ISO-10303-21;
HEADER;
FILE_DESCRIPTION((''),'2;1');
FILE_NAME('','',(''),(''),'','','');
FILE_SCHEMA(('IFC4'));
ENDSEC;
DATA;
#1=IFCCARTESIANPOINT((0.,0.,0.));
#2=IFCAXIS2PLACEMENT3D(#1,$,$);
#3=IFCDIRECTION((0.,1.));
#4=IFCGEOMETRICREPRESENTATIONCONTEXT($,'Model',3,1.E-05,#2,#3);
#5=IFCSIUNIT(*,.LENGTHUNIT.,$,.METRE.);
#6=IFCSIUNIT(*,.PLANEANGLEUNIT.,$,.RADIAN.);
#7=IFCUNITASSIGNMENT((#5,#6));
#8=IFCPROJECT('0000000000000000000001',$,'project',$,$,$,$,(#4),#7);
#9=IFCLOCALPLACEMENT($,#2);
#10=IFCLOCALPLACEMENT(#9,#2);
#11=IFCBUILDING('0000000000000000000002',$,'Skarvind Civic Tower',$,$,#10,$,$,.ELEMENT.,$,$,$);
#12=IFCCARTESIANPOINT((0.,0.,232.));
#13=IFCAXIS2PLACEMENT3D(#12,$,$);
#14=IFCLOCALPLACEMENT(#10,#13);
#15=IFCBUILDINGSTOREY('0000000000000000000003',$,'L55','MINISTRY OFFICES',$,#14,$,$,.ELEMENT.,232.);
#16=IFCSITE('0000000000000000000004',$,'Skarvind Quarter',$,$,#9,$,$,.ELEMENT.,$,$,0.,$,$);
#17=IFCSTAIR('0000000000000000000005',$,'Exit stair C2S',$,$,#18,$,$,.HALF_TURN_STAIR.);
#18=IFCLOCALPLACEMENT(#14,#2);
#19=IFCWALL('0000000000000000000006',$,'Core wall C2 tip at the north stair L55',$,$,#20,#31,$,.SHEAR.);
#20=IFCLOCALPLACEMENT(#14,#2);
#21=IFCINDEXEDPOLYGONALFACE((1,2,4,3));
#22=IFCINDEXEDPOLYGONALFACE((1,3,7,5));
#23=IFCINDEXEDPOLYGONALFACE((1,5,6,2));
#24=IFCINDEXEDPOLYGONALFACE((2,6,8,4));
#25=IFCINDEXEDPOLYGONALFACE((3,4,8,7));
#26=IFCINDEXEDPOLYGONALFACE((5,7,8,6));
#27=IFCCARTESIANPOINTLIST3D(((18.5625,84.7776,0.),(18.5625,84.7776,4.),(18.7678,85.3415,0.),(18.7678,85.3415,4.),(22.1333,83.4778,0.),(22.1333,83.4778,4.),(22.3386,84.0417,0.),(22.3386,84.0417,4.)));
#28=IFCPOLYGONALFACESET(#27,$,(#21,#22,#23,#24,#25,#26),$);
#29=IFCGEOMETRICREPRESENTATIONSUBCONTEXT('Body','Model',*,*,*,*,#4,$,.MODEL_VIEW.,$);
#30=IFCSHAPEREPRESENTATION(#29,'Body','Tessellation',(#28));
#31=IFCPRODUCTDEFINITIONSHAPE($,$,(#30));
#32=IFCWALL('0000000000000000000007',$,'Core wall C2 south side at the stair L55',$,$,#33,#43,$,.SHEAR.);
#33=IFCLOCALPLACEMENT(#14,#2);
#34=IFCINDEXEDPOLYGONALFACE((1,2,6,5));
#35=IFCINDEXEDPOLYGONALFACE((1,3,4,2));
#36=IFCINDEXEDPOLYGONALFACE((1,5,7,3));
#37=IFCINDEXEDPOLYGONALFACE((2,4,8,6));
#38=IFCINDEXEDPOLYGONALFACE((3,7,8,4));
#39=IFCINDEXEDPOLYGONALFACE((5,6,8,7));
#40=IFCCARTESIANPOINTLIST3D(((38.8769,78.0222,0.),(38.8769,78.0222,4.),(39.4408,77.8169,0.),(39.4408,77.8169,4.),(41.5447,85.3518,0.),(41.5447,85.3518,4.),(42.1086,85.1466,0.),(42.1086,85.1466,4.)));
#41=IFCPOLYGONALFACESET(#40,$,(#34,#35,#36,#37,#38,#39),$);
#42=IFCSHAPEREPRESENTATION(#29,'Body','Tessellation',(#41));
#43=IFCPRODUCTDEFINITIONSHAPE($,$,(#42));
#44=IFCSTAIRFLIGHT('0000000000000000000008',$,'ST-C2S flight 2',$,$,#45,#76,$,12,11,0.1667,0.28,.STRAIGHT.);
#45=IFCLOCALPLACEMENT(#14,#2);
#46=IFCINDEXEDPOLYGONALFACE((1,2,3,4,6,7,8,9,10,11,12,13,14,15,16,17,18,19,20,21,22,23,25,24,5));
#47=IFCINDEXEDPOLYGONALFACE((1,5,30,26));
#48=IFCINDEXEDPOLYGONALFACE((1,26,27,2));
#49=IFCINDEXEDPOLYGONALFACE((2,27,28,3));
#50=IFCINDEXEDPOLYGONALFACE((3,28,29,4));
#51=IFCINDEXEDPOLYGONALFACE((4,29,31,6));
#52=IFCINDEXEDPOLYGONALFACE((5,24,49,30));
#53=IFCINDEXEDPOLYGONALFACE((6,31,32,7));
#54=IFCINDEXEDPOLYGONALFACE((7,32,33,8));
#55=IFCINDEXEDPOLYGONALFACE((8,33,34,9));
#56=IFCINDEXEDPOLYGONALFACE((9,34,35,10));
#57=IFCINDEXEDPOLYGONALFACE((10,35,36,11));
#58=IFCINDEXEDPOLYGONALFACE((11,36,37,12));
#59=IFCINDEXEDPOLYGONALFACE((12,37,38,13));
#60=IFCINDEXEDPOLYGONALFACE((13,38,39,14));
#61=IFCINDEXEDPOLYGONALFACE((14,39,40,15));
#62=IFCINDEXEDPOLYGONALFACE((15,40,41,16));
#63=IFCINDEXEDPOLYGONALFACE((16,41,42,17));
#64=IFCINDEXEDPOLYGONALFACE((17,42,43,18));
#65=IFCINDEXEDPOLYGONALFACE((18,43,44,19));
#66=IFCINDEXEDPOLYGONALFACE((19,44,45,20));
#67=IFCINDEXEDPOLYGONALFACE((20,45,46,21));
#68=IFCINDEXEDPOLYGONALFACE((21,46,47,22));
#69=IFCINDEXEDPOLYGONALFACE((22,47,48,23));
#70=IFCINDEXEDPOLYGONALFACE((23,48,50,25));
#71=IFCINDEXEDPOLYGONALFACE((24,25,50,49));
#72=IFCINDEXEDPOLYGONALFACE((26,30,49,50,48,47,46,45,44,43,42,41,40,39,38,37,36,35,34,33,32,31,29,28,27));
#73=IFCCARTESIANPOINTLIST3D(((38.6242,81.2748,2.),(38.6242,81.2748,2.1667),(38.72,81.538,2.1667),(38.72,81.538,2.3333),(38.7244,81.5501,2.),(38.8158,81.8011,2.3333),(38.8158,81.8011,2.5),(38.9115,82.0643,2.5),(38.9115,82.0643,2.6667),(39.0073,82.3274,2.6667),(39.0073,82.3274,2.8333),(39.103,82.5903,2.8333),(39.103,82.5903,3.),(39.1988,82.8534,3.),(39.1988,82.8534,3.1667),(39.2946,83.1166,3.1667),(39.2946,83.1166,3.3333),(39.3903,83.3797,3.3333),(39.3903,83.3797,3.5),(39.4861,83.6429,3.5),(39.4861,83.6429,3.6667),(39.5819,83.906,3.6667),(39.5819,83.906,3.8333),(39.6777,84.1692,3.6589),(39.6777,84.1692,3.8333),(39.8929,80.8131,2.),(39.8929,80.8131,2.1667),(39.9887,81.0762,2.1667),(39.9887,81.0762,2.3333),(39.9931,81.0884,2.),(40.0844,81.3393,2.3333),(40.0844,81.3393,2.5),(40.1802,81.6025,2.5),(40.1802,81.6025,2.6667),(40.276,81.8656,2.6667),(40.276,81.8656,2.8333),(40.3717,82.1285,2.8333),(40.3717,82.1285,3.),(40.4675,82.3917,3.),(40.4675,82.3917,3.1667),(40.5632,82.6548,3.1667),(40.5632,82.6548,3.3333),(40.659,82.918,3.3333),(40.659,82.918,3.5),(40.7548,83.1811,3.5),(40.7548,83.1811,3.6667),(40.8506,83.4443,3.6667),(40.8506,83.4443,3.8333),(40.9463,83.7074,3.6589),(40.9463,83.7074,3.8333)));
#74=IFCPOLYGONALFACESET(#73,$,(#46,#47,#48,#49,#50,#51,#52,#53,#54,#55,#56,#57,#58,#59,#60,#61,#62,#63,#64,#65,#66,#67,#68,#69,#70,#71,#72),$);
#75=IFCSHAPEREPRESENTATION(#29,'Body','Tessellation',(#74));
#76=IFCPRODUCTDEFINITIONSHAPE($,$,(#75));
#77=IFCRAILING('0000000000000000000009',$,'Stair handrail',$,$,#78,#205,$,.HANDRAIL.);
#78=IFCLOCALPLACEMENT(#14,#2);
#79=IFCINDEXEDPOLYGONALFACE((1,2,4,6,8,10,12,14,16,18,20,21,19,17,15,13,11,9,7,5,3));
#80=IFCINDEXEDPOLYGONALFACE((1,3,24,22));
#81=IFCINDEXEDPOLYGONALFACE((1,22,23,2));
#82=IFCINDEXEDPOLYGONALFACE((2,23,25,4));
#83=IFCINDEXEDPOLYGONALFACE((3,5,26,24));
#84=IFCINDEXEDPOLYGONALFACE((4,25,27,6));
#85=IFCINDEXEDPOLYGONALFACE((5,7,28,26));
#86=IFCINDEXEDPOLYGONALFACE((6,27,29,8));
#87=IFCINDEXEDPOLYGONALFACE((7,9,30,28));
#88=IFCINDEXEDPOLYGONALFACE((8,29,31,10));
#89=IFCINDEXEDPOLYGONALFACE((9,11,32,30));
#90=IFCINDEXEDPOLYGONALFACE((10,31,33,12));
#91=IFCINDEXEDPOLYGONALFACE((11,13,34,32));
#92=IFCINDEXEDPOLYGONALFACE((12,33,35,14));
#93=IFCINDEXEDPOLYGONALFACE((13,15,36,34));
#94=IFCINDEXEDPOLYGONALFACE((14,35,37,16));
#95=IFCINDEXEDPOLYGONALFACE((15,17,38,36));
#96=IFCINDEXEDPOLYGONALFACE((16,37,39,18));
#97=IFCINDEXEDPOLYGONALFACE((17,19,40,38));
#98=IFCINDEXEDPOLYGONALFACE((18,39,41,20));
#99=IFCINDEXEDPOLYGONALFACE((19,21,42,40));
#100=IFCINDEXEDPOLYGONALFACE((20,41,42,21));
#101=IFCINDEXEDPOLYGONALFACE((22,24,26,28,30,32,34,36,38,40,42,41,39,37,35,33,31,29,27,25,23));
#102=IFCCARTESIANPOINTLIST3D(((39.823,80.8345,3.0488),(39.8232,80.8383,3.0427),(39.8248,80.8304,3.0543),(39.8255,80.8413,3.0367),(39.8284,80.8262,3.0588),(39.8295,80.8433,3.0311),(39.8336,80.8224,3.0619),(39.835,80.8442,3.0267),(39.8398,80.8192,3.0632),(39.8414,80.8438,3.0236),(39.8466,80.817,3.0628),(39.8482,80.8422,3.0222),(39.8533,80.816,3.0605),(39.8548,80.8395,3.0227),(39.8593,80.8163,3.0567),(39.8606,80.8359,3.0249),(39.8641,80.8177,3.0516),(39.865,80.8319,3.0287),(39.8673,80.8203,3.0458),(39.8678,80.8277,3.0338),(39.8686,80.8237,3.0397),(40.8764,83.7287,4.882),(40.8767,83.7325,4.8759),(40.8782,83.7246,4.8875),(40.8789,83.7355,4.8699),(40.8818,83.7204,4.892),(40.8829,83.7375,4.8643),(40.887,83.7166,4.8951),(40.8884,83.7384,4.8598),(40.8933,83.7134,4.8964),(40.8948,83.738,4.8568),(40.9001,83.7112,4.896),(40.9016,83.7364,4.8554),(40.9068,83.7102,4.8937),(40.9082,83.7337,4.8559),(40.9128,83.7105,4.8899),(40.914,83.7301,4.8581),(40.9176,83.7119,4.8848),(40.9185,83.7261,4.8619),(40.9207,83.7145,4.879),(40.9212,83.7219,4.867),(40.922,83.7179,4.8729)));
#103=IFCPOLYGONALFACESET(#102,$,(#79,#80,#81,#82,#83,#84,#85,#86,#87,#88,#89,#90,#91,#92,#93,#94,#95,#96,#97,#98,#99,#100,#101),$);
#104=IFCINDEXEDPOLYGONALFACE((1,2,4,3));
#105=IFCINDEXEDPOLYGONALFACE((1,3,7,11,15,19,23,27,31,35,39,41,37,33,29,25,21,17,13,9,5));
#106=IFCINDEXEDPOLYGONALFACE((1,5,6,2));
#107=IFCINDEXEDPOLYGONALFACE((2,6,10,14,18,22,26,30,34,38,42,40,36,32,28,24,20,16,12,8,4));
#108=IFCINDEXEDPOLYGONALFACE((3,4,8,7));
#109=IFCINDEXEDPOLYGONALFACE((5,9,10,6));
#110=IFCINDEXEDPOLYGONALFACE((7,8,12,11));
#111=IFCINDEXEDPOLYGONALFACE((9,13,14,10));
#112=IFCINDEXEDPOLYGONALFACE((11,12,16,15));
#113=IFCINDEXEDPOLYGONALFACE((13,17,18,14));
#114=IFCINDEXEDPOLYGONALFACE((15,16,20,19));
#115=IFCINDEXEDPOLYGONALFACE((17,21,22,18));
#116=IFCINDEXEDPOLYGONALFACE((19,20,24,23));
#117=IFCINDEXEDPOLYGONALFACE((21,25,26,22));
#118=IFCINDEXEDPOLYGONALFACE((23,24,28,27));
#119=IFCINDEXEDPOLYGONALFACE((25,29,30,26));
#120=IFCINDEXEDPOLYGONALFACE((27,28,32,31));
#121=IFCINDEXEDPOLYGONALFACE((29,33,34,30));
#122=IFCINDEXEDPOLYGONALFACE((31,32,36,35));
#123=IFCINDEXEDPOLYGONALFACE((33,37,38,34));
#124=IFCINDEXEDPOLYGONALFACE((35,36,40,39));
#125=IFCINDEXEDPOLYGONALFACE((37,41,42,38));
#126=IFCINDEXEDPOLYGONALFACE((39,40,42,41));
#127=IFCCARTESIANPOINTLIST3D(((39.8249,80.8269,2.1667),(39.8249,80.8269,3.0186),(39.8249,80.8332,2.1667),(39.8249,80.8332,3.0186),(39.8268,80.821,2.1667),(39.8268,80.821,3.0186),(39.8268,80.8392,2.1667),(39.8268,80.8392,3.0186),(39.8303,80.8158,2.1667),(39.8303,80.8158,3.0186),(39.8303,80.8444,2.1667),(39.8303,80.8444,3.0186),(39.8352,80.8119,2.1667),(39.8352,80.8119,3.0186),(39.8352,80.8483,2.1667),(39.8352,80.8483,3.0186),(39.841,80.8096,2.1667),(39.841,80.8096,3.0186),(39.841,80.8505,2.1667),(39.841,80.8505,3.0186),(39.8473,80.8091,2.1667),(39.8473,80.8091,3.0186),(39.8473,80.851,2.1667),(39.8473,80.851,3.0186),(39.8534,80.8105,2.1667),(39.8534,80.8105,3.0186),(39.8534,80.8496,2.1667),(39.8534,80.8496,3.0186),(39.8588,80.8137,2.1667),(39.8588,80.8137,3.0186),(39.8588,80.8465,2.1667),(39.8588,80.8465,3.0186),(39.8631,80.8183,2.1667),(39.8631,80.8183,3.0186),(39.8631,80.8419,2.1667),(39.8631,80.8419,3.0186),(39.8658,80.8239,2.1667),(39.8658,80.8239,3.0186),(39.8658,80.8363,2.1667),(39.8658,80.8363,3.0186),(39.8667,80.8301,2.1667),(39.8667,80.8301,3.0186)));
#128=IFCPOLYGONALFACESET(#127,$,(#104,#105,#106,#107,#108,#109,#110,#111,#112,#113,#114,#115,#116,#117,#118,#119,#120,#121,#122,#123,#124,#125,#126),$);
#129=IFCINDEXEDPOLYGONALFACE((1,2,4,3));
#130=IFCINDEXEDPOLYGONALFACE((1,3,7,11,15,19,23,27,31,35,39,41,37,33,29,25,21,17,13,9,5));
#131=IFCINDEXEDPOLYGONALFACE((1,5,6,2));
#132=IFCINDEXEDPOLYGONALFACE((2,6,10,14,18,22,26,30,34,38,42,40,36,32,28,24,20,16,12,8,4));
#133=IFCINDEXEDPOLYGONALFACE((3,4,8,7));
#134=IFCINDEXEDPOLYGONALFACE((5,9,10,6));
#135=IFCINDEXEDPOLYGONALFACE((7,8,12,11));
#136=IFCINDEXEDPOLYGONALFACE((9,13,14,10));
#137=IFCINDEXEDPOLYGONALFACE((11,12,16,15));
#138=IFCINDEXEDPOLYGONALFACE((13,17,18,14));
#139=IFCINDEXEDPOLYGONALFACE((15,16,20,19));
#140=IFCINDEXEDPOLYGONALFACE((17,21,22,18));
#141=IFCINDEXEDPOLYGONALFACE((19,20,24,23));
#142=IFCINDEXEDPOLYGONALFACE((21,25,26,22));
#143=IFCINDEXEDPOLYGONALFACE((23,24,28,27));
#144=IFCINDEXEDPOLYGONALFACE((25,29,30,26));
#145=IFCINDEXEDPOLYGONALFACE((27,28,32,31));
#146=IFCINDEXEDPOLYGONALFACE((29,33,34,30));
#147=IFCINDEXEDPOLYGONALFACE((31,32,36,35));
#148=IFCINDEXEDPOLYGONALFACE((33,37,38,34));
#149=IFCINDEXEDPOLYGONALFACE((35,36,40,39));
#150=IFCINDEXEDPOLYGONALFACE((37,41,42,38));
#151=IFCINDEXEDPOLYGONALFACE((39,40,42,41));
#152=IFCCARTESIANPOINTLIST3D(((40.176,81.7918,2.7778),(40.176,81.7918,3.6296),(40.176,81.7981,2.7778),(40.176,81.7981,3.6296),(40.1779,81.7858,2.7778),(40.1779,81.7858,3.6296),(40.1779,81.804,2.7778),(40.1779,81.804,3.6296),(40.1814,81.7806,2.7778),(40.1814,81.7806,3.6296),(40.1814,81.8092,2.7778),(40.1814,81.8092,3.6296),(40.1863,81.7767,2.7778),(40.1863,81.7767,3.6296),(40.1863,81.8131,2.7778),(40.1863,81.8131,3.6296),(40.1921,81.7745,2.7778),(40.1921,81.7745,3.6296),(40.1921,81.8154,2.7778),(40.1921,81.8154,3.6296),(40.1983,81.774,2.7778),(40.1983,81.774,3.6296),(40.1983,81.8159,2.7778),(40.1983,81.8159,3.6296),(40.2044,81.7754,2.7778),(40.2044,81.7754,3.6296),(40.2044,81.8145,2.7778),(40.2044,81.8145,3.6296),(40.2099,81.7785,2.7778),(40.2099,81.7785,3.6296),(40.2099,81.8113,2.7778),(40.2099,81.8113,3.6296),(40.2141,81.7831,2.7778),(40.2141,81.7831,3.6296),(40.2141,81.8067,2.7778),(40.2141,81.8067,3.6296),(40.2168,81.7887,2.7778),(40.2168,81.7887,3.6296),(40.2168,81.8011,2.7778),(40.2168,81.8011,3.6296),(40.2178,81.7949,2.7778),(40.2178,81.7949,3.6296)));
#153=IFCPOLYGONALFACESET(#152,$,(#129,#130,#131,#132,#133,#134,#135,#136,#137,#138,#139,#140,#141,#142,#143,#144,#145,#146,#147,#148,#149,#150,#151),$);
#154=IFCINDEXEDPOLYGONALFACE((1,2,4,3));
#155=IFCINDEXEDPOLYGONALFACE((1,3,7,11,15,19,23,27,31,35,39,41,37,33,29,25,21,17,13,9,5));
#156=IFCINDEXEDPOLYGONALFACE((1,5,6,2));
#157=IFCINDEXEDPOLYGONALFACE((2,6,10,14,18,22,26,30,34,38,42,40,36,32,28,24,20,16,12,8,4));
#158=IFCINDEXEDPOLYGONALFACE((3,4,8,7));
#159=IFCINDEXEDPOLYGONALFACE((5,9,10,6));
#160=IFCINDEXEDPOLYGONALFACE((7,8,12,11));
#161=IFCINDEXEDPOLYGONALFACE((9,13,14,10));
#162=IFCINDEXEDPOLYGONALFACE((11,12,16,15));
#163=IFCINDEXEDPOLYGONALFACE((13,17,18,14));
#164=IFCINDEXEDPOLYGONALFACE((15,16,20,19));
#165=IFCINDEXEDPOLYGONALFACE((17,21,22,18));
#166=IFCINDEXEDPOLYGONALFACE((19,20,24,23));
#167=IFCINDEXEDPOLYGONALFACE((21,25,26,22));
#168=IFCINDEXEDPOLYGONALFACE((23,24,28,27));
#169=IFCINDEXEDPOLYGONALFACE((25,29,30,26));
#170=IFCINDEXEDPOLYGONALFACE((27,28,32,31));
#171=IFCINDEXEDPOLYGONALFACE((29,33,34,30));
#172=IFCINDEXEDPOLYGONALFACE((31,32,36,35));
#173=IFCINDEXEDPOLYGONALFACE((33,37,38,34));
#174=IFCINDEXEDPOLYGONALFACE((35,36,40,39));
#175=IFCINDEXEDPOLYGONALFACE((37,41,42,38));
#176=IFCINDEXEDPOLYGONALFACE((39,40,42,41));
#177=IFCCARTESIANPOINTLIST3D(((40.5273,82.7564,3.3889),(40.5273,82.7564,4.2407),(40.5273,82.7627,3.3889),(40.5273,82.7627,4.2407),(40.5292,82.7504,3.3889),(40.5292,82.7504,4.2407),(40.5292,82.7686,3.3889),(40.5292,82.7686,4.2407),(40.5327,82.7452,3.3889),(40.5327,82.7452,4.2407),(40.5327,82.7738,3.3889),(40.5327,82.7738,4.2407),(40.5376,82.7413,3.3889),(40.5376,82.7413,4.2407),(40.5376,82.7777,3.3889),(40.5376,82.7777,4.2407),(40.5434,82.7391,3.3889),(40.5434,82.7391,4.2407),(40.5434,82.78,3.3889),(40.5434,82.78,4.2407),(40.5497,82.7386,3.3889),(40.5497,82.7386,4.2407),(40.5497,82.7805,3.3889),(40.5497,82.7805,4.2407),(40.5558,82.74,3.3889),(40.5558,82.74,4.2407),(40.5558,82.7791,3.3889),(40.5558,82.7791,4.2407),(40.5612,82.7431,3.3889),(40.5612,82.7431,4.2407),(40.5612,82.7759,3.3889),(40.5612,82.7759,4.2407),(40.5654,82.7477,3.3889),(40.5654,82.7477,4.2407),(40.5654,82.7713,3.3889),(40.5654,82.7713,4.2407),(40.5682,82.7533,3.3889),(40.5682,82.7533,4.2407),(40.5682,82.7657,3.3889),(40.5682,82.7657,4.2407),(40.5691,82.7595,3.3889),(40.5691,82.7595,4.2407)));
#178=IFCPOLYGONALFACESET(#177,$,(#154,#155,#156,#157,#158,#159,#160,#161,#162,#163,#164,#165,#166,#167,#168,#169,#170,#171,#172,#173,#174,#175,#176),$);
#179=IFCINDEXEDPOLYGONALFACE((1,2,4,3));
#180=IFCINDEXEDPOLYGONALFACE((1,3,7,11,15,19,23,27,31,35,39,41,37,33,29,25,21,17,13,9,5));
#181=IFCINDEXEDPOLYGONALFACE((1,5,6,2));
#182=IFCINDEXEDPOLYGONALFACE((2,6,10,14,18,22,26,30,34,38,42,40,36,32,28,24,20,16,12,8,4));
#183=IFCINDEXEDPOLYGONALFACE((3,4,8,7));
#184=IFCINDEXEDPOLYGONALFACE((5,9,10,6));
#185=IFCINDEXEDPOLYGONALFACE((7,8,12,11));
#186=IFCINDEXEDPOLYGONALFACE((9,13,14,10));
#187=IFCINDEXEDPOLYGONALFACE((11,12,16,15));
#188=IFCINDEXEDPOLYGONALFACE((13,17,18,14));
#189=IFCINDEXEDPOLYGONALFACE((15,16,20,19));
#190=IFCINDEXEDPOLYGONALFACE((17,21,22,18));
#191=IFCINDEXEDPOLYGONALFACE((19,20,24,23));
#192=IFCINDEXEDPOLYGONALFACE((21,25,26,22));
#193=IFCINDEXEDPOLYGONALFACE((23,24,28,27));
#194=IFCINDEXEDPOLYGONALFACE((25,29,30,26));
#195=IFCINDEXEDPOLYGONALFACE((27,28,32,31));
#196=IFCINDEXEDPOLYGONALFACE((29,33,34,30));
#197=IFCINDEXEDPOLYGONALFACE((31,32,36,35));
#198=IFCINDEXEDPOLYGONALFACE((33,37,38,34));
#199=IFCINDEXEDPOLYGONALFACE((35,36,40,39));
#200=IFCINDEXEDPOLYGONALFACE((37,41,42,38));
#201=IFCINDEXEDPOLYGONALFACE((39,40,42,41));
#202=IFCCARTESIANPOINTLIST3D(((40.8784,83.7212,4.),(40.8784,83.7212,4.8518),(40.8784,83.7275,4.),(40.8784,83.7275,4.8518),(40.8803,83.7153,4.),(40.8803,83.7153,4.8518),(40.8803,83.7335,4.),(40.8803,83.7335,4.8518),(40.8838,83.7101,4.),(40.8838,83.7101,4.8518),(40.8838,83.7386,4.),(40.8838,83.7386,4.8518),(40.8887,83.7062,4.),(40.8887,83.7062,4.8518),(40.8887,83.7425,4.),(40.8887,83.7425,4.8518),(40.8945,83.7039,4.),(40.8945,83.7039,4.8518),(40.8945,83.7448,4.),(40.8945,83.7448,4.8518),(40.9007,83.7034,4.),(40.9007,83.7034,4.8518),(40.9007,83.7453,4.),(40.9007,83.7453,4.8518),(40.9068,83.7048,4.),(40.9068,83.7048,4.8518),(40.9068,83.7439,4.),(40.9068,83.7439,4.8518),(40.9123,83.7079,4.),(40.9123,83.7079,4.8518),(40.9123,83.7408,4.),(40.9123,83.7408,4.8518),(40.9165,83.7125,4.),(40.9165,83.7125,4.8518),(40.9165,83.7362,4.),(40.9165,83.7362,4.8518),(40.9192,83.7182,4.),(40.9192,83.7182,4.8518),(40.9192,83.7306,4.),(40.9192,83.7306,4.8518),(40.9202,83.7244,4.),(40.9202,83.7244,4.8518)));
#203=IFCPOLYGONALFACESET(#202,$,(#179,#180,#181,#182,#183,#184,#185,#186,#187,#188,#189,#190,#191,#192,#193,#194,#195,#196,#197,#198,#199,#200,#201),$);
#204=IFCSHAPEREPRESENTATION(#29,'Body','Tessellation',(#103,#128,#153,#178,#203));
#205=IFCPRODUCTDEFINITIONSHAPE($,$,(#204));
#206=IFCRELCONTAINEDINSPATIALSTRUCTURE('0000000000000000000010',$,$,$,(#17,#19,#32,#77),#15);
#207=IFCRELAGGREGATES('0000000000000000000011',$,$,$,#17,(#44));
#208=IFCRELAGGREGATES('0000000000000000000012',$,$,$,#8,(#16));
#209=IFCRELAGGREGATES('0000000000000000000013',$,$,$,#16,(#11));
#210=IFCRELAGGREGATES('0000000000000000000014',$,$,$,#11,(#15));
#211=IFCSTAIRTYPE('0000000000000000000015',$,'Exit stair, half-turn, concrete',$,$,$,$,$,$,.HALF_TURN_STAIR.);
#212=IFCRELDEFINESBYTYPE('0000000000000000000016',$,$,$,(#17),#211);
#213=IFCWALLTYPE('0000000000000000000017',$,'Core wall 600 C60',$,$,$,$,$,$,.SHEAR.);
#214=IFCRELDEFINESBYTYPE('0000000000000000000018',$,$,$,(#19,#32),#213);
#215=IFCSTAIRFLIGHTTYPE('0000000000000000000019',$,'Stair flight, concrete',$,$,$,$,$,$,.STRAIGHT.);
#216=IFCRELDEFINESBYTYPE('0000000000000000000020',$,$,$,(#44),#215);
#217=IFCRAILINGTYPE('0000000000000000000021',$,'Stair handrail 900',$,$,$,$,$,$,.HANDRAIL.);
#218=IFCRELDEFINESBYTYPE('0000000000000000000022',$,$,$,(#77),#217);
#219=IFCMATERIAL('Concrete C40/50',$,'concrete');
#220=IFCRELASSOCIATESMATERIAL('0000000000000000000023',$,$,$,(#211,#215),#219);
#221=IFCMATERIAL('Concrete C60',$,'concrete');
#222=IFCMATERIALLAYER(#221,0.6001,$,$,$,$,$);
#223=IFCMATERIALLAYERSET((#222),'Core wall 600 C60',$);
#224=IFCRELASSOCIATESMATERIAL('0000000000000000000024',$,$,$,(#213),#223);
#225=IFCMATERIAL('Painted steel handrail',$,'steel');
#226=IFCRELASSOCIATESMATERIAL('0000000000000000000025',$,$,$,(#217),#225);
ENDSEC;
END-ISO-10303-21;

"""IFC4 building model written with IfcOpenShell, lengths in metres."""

from ifc_helpers import new_model, si_unit, direction, frame, frame_2d, origin, origin_2d, place, context, subcontext, project, spatial, polyline, rectangle, circle, outline, extrude, material, layer, layer_set, type_object, element, aggregate, save


model = new_model("IFC4")

# Units and contexts
model_context = context("Model", 3, precision=1e-05, world=origin(), true_north=direction((0.0, 1.0)))
body_context = subcontext(model_context, "Body", "Model", "MODEL_VIEW")
ifc_project = project(units=[si_unit("LENGTHUNIT", "METRE"), si_unit("PLANEANGLEUNIT", "RADIAN")], contexts=[model_context])

# Site, building, storey
site_placement = place(None, origin())
site = spatial("IfcSite", under=ifc_project, at=site_placement, Name="Skarvind Quarter", CompositionType="ELEMENT", RefElevation=0.0)
building_placement = place(site_placement, origin())
building = spatial("IfcBuilding", under=site, at=building_placement, Name="Skarvind Civic Tower", CompositionType="ELEMENT")
storey_placement = place(building_placement, frame((0.0, 0.0, 232.0)))
storey = spatial("IfcBuildingStorey", under=building, at=storey_placement, Name="L55", Description="MINISTRY OFFICES", CompositionType="ELEMENT", Elevation=232.0)

# Shared definitions
ifc_material_1 = material(Name="Concrete C40/50", Category="concrete")

# Stair
stair_type_1 = type_object("IfcStairType", Name="Exit stair, half-turn, concrete", PredefinedType="HALF_TURN_STAIR", material=ifc_material_1)
stair_1_placement = place(storey_placement, origin())
stair_1 = element("IfcStair", 1, at=stair_1_placement, inside=storey, type_object=stair_type_1, Name="Exit stair C2S", PredefinedType="HALF_TURN_STAIR")

# Shared definitions
ifc_material_2 = material(Name="Concrete C60", Category="concrete")

# Walls
ifc_layer_1 = layer(ifc_material_2, 0.6001)
ifc_layer_set_1 = layer_set([ifc_layer_1], Name="Core wall 600 C60")
wall_type_1 = type_object("IfcWallType", Name="Core wall 600 C60", PredefinedType="SHEAR", material=ifc_layer_set_1)
for number, where, z_axis, x_axis, name in (
    (2, (22.2358, 83.7598, 0.0), (0.0, 0.0, 1.0), (-0.939681, 0.342053, 0.0), "Core wall C2 tip at the north stair L55"),
):
    element("IfcWall", number, at=place(storey_placement, frame(where, z_axis=z_axis, x_axis=x_axis)), inside=storey, type_object=wall_type_1, Name=name, PredefinedType="SHEAR", context=body_context, shape_type="SweptSolid", body=[
        extrude(rectangle(XDim=3.8, YDim=0.6001, at=frame_2d((1.8999, 0.0))), origin(), (0.0, 0.0, 1.0), 4.0),
    ])
wall_1_placement = place(storey_placement, frame((39.1589, 77.9197, 0.0), z_axis=(0.0, 0.0, 1.0), x_axis=(0.342017, 0.939694, 0.0)))
element("IfcWall", 3, at=wall_1_placement, inside=storey, type_object=wall_type_1, Name="Core wall C2 south side at the stair L55", PredefinedType="SHEAR", context=body_context, shape_type="SweptSolid", body=[
    extrude(rectangle(XDim=7.8, YDim=0.6001, at=frame_2d((3.8999, 0.0))), origin(), (0.0, 0.0, 1.0), 4.0),
])

# Stair flight
stair_flight_type = type_object("IfcStairFlightType", Name="Stair flight, concrete", PredefinedType="STRAIGHT", material=ifc_material_1)
stair_flight_placement = place(storey_placement, frame((39.2585, 81.0439, 2.0), z_axis=(0.0, 0.0, 1.0), x_axis=(0.34202, 0.939693, 0.0)))
stair_flight = element("IfcStairFlight", 4, at=stair_flight_placement, type_object=stair_flight_type, Name="ST-C2S flight 2", NumberOfRisers=12, NumberOfTreads=11, PredefinedType="STRAIGHT", RiserHeight=0.1667, TreadLength=0.28, context=body_context, shape_type="SweptSolid", body=[
    extrude(outline(polyline([(0.0, 0.0), (0.0, 0.1667), (0.28, 0.1667), (0.28, 0.3333), (0.5601, 0.3333), (0.5601, 0.5), (0.8401, 0.5), (0.8401, 0.6667), (1.1201, 0.6667), (1.1201, 0.8333), (1.3999, 0.8333), (1.3999, 1.0), (1.6799, 1.0), (1.6799, 1.1667), (1.96, 1.1667), (1.96, 1.3333), (2.24, 1.3333), (2.24, 1.5), (2.52, 1.5), (2.52, 1.6667), (2.8, 1.6667), (2.8, 1.8333), (3.0801, 1.8333), (3.0801, 2.0), (3.0801, 1.6589), (0.293, 0.0), (0.0, 0.0)])), frame((0.0, 0.675, 0.0), z_axis=(0.0, -1.0, 0.0), x_axis=(1.0, 0.0, 0.0)), (0.0, 0.0, 1.0), 1.3501),
])
aggregate(stair_1, [stair_flight])

# Railing
ifc_material_3 = material(Name="Painted steel handrail", Category="steel")
railing_type = type_object("IfcRailingType", Name="Stair handrail 900", PredefinedType="HANDRAIL", material=ifc_material_3)
railing_placement = place(storey_placement, frame((39.8457, 80.8301, 2.1667)))
element("IfcRailing", 5, at=railing_placement, inside=storey, type_object=railing_type, Name="Stair handrail", PredefinedType="HANDRAIL", context=body_context, shape_type="SweptSolid", body=[
    extrude(circle(Radius=0.0239, at=origin_2d()), frame((0.0, 0.0, 0.876), z_axis=(0.293908, 0.807481, 0.511461), x_axis=(-0.939689, 0.342029, 0.0)), (0.0, 0.0, 1.0), 3.5842),
    extrude(circle(Radius=0.021, at=origin_2d()), origin(), (0.0, 0.0, 1.0), 0.8518),
    extrude(circle(Radius=0.021, at=origin_2d()), frame((0.3511, 0.9648, 0.6111)), (0.0, 0.0, 1.0), 0.8518),
    extrude(circle(Radius=0.021, at=origin_2d()), frame((0.7024, 1.9294, 1.2222)), (0.0, 0.0, 1.0), 0.8518),
    extrude(circle(Radius=0.021, at=origin_2d()), frame((1.0535, 2.8943, 1.8333)), (0.0, 0.0, 1.0), 0.8518),
])

save(model, "model.ifc")
